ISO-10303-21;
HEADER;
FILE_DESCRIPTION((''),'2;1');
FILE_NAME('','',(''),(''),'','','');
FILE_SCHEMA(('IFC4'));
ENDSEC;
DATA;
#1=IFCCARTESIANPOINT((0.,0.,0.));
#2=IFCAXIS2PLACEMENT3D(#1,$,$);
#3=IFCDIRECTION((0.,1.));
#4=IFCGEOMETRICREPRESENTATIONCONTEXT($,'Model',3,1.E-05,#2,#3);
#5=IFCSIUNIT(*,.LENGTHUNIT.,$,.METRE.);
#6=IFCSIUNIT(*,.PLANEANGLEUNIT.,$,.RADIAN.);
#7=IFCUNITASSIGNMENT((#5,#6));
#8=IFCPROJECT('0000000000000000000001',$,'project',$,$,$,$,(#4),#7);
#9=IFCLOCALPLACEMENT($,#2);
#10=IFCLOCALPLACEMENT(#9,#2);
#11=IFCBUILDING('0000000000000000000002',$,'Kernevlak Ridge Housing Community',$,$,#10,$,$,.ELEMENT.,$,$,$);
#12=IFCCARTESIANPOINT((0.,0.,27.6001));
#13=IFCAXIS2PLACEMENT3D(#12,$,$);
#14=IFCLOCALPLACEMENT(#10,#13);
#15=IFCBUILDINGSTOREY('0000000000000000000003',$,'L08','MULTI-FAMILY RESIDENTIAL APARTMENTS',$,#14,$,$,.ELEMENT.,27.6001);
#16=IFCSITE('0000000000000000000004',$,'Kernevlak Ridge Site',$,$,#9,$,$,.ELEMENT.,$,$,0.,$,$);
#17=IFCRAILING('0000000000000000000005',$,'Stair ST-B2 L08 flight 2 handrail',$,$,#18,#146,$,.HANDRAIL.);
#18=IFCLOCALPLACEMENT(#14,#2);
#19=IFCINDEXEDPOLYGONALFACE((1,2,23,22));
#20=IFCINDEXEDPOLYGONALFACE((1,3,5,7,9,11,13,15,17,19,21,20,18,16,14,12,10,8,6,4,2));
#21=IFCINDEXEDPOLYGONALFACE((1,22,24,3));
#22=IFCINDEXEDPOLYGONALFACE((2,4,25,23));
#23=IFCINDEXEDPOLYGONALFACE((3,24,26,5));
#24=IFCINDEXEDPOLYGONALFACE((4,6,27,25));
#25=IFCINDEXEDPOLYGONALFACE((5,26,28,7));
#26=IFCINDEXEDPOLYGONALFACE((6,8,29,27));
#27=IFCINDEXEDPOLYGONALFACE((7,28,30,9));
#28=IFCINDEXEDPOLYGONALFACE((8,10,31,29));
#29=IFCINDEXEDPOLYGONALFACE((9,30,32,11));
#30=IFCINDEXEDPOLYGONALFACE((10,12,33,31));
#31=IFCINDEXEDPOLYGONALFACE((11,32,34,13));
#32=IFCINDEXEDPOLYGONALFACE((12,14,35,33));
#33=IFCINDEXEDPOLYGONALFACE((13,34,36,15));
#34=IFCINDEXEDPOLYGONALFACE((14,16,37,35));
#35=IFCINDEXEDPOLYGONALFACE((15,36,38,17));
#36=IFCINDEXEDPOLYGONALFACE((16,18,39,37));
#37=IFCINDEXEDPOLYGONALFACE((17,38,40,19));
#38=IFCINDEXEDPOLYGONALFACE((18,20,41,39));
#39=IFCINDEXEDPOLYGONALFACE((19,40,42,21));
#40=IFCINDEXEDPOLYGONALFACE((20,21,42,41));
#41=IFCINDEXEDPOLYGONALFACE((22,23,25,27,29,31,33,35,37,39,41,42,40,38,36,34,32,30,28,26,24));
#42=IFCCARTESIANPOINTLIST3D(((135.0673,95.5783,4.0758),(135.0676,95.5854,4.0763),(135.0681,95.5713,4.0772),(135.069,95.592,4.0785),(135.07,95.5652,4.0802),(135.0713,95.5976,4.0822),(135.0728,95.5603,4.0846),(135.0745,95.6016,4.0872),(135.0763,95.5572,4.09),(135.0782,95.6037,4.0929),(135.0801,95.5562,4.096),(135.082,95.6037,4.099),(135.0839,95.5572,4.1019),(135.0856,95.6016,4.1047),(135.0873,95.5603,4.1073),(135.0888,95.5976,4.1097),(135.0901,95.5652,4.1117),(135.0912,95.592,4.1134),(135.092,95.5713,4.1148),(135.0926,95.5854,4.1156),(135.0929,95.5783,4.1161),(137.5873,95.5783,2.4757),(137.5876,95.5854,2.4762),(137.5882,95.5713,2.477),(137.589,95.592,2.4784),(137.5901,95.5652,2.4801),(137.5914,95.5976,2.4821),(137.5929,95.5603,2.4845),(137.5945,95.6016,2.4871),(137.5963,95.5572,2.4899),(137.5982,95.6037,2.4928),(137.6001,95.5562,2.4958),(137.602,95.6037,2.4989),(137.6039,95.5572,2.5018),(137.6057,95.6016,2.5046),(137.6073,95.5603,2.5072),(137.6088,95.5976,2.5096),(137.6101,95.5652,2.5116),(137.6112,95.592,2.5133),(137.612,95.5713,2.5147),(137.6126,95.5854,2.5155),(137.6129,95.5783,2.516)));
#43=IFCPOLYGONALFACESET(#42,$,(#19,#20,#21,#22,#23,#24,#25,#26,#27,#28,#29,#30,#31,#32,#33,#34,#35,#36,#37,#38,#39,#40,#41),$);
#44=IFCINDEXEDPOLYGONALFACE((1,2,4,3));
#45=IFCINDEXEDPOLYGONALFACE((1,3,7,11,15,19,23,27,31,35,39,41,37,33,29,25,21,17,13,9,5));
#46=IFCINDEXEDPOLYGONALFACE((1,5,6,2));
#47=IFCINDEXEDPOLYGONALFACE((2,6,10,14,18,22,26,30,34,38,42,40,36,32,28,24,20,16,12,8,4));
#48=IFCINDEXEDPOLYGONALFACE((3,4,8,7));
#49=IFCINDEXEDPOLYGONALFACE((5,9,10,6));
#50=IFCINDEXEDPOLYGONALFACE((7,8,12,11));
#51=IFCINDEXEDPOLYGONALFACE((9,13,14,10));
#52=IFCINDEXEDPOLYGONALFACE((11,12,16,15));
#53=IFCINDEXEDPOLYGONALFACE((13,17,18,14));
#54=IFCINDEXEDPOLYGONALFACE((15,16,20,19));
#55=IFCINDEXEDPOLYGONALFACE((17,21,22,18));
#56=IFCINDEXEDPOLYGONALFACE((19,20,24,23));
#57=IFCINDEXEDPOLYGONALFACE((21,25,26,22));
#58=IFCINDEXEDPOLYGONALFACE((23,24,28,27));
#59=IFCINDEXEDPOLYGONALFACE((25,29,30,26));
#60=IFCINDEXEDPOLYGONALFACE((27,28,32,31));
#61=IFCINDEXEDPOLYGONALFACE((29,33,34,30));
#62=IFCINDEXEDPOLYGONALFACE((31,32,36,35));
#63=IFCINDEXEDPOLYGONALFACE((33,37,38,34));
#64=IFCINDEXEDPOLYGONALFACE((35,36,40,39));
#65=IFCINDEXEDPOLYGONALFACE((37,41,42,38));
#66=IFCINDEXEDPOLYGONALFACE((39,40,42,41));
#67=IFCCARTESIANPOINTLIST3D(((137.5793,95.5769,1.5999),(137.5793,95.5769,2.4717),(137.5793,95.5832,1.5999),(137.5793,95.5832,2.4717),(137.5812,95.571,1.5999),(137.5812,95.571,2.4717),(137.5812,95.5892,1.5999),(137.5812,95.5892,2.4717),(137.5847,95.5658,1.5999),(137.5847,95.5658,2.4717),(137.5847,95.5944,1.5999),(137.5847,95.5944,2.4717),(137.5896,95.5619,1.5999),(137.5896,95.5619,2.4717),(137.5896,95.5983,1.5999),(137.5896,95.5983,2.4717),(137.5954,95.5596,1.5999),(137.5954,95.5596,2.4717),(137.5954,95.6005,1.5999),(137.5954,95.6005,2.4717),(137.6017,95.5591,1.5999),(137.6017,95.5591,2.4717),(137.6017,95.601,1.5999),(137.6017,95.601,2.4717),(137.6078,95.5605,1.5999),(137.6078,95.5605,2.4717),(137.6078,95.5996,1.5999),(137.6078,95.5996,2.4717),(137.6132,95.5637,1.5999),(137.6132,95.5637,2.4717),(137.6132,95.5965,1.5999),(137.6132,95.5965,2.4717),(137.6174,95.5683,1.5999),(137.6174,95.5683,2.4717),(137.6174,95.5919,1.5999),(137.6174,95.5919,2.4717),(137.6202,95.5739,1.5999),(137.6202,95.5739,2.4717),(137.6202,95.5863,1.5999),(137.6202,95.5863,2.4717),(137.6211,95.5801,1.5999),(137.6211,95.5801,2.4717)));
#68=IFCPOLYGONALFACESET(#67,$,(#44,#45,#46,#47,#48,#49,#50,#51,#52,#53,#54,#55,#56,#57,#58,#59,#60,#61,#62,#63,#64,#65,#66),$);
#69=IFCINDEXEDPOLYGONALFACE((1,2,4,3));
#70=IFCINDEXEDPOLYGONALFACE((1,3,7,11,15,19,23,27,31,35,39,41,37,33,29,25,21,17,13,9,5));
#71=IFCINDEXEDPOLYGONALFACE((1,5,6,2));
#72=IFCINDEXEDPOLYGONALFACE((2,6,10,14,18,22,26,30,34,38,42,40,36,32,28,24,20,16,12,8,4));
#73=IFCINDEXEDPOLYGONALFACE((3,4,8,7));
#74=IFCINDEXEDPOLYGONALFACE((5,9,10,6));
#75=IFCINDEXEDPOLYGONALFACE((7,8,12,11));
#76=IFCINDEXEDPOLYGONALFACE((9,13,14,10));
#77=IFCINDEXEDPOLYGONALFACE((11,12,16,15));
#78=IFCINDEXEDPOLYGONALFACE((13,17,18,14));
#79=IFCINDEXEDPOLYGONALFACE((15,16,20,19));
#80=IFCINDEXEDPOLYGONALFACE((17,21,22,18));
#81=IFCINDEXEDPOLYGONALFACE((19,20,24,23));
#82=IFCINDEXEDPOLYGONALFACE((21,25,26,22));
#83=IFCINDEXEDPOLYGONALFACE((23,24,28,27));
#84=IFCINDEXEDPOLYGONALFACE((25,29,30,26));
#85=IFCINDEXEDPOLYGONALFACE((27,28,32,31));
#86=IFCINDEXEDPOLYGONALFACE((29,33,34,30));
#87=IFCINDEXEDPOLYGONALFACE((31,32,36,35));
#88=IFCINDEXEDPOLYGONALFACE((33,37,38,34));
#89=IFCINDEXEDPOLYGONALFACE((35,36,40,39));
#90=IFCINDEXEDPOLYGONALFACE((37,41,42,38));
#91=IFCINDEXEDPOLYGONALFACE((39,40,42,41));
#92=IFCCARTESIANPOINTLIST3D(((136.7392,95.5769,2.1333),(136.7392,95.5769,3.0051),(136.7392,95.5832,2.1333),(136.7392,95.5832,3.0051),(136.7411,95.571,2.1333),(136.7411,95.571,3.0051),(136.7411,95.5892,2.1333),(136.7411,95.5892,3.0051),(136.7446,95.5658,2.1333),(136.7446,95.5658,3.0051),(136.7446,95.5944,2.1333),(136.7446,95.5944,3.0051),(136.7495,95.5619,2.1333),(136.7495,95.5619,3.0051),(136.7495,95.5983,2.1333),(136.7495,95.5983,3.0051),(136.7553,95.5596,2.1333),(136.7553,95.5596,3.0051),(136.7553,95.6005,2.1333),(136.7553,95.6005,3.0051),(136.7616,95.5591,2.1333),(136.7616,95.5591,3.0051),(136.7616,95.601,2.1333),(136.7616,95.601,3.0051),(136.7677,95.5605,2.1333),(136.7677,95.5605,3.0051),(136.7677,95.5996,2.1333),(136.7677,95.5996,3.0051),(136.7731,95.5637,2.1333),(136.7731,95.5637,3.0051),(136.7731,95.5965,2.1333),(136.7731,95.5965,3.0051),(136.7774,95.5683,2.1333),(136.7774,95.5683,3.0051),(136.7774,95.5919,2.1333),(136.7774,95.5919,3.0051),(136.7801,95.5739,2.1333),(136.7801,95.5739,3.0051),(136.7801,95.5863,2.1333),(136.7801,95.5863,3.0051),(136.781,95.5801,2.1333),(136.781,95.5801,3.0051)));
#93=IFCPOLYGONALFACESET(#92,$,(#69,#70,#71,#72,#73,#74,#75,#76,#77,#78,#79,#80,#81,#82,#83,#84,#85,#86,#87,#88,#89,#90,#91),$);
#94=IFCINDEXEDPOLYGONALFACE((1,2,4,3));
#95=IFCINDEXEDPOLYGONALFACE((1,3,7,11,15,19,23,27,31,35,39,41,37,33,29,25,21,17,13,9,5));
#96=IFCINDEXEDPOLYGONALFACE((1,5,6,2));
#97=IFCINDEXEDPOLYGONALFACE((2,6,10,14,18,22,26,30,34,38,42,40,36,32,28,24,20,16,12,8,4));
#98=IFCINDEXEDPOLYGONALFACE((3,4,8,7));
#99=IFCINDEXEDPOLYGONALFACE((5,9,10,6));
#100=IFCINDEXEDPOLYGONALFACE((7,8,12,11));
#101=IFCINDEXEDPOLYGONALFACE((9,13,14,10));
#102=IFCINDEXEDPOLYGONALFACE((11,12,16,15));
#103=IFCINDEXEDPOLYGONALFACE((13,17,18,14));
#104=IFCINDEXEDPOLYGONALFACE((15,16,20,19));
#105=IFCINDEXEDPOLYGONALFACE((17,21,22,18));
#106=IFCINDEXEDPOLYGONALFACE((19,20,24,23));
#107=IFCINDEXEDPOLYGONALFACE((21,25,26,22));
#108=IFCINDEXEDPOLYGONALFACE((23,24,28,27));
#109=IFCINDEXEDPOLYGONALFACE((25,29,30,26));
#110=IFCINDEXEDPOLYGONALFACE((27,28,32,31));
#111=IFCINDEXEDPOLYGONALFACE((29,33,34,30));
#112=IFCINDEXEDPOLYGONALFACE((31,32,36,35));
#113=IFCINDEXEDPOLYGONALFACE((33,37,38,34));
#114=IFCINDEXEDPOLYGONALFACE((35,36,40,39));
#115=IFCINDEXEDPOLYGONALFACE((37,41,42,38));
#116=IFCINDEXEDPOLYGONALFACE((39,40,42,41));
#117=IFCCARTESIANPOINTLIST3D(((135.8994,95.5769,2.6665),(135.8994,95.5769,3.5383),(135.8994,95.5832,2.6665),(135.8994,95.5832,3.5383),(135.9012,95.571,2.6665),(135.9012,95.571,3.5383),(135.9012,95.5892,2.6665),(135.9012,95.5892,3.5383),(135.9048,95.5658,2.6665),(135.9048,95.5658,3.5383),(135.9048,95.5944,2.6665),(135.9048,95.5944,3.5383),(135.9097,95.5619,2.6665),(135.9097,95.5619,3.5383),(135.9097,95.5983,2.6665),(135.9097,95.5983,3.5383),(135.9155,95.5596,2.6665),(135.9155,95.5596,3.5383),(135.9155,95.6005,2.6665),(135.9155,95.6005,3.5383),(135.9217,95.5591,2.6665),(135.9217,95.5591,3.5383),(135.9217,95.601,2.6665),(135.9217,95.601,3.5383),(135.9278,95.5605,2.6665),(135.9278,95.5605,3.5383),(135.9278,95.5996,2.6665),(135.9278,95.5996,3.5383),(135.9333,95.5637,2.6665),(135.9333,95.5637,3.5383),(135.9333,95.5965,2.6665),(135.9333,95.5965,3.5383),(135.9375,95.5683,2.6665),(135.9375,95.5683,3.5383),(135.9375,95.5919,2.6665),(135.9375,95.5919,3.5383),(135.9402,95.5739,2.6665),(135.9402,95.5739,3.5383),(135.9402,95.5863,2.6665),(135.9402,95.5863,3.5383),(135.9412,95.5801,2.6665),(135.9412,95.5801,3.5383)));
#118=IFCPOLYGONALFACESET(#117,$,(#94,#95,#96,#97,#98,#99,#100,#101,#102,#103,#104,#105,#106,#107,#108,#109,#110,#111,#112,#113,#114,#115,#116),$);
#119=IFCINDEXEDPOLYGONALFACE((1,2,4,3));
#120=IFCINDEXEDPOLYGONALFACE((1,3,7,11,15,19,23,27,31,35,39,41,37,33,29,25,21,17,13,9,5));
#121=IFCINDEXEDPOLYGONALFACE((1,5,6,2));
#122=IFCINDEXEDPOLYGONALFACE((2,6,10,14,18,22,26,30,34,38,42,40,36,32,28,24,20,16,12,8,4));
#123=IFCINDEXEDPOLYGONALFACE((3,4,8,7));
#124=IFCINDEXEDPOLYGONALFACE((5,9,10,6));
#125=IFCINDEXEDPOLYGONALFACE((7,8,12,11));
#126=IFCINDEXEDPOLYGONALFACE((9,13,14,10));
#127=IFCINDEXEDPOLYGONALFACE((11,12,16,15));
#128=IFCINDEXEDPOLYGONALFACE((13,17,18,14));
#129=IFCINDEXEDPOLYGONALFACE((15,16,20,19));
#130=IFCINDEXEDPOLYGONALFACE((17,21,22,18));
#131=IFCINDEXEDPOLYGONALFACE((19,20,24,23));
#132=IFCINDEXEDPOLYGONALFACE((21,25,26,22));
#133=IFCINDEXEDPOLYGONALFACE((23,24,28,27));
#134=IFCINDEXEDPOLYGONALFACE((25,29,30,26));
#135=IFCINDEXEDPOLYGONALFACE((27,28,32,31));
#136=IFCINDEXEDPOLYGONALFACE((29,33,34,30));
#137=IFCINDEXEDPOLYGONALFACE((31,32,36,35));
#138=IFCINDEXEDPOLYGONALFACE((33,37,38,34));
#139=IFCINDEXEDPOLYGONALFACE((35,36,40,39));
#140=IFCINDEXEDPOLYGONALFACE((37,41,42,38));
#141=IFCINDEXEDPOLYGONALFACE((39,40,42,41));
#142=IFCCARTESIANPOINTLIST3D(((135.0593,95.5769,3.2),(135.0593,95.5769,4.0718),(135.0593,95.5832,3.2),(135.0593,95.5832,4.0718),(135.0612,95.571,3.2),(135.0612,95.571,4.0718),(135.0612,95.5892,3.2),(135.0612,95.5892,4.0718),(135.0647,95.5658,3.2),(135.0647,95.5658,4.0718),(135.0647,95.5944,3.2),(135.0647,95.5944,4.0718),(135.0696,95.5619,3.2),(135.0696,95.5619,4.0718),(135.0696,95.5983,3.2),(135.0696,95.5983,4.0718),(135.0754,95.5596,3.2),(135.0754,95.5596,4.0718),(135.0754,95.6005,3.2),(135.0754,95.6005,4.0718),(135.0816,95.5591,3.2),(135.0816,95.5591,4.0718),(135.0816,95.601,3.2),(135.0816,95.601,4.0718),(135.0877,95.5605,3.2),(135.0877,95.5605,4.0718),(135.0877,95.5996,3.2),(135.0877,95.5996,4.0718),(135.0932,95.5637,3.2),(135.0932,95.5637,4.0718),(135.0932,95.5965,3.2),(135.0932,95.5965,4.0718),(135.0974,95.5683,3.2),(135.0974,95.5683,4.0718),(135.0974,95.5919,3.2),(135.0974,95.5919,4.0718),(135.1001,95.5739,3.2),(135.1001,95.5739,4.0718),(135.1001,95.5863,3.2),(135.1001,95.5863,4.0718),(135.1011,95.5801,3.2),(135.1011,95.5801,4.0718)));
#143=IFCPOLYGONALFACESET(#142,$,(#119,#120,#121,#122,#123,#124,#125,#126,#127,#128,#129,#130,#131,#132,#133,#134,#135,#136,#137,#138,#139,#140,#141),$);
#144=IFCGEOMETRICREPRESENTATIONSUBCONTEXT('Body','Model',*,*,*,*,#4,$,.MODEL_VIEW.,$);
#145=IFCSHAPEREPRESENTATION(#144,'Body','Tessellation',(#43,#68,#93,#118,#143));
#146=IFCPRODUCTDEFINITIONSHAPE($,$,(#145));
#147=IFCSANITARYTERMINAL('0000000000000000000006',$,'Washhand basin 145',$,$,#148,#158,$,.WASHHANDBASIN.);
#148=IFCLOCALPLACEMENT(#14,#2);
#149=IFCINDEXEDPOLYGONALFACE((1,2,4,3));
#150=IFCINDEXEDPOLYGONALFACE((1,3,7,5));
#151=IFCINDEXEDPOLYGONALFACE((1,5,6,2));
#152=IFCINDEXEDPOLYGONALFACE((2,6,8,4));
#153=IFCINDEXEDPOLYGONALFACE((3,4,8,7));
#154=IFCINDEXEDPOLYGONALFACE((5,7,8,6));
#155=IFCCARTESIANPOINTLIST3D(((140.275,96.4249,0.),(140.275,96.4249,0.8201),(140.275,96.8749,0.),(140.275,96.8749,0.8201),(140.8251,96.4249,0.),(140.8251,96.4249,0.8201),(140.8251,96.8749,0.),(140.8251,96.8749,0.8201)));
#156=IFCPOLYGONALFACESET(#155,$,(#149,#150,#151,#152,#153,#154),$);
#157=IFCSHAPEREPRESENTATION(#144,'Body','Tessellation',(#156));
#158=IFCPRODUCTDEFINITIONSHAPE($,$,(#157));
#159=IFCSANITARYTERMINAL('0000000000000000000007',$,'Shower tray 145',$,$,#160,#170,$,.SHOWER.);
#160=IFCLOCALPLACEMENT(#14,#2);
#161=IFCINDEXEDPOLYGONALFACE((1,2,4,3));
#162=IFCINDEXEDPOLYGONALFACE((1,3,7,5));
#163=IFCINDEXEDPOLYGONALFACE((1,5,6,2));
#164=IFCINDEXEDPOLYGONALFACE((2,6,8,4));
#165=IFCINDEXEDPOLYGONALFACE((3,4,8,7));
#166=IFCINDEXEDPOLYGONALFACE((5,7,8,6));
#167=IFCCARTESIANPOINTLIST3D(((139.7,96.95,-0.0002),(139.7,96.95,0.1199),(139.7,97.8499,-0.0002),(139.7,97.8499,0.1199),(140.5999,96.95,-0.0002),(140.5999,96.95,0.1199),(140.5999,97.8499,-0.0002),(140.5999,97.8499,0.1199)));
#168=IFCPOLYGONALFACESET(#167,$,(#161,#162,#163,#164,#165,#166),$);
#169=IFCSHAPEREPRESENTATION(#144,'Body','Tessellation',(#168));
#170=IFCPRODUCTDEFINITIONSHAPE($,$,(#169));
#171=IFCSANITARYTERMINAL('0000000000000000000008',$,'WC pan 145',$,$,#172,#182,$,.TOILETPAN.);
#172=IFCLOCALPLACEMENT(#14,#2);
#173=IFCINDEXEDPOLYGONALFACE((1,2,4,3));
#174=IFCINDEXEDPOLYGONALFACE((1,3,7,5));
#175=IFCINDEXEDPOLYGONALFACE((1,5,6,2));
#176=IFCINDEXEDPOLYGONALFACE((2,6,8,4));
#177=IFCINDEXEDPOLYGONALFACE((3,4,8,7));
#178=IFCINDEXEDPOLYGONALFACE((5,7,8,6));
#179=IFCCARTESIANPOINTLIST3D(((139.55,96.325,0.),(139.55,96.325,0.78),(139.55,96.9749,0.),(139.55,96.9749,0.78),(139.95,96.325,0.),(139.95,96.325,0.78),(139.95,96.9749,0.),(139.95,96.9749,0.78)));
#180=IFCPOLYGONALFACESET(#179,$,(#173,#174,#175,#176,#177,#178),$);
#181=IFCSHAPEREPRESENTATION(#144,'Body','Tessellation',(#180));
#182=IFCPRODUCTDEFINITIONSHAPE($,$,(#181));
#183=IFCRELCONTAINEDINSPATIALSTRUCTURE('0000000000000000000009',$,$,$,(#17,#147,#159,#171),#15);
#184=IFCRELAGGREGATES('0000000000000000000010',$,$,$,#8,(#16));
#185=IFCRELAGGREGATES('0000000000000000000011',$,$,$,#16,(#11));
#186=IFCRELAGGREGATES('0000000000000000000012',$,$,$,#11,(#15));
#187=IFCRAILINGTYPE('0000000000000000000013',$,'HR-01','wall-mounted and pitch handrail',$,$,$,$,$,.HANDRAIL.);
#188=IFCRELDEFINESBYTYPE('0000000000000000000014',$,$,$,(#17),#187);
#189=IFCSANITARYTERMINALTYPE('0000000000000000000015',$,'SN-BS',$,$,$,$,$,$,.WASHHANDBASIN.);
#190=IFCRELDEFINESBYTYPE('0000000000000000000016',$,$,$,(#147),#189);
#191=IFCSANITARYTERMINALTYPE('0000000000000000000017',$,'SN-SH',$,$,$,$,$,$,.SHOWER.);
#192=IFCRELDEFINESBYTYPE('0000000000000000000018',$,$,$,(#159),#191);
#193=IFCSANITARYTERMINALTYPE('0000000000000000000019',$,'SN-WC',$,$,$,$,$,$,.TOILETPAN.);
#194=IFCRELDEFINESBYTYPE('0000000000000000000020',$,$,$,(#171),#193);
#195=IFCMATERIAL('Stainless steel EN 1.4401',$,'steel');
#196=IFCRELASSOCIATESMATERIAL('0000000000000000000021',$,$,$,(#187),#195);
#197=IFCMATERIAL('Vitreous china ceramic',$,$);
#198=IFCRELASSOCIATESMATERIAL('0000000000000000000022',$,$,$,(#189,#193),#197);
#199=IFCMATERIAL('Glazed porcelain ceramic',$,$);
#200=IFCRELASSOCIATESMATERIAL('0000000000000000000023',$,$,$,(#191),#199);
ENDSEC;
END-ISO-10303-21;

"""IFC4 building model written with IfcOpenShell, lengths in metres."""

from ifc_helpers import new_model, si_unit, direction, frame, origin, origin_2d, place, context, subcontext, project, spatial, rectangle, circle, extrude, material, type_object, element, save


model = new_model("IFC4")

# Units and contexts
model_context = context("Model", 3, precision=1e-05, world=origin(), true_north=direction((0.0, 1.0)))
body_context = subcontext(model_context, "Body", "Model", "MODEL_VIEW")
ifc_project = project(units=[si_unit("LENGTHUNIT", "METRE"), si_unit("PLANEANGLEUNIT", "RADIAN")], contexts=[model_context])

# Site, building, storey
site_placement = place(None, origin())
site = spatial("IfcSite", under=ifc_project, at=site_placement, Name="Kernevlak Ridge Site", CompositionType="ELEMENT", RefElevation=0.0)
building_placement = place(site_placement, origin())
building = spatial("IfcBuilding", under=site, at=building_placement, Name="Kernevlak Ridge Housing Community", CompositionType="ELEMENT")
storey_placement = place(building_placement, frame((0.0, 0.0, 27.6001)))
storey = spatial("IfcBuildingStorey", under=building, at=storey_placement, Name="L08", Description="MULTI-FAMILY RESIDENTIAL APARTMENTS", CompositionType="ELEMENT", Elevation=27.6001)

# Railing
ifc_material_1 = material(Name="Stainless steel EN 1.4401", Category="steel")
railing_type_1 = type_object("IfcRailingType", Name="HR-01", Description="wall-mounted and pitch handrail", PredefinedType="HANDRAIL", material=ifc_material_1)
railing_1_placement = place(storey_placement, frame((137.6001, 95.5801, 1.5999)))
element("IfcRailing", 1, at=railing_1_placement, inside=storey, type_object=railing_type_1, Name="Stair ST-B2 L08 flight 2 handrail", PredefinedType="HANDRAIL", context=body_context, shape_type="SweptSolid", body=[
    extrude(circle(Radius=0.0239, at=origin_2d()), frame((0.0, 0.0, 0.896), z_axis=(-0.8442, 0.0, 0.536028), x_axis=(0.0, -1.0, 0.0)), (0.0, 0.0, 1.0), 2.9851),
    extrude(circle(Radius=0.021, at=origin_2d()), origin(), (0.0, 0.0, 1.0), 0.8718),
    extrude(circle(Radius=0.021, at=origin_2d()), frame((-0.8401, 0.0, 0.5334)), (0.0, 0.0, 1.0), 0.8718),
    extrude(circle(Radius=0.021, at=origin_2d()), frame((-1.6799, 0.0, 1.0667)), (0.0, 0.0, 1.0), 0.8718),
    extrude(circle(Radius=0.021, at=origin_2d()), frame((-2.52, 0.0, 1.6001)), (0.0, 0.0, 1.0), 0.8718),
])

# Sanitary terminals
ifc_material_2 = material(Name="Vitreous china ceramic")
sanitary_terminal_type_1 = type_object("IfcSanitaryTerminalType", Name="SN-BS", PredefinedType="WASHHANDBASIN", material=ifc_material_2)
sanitary_terminal_1_placement = place(storey_placement, frame((140.55, 96.6499, 0.0), z_axis=(0.0, 0.0, 1.0), x_axis=(1.0, 0.0, 0.0)))
element("IfcSanitaryTerminal", 2, at=sanitary_terminal_1_placement, inside=storey, type_object=sanitary_terminal_type_1, Name="Washhand basin 145", PredefinedType="WASHHANDBASIN", context=body_context, shape_type="SweptSolid", body=[
    extrude(rectangle(XDim=0.55, YDim=0.45, at=origin_2d()), origin(), (0.0, 0.0, 1.0), 0.8201),
])
ifc_material_3 = material(Name="Glazed porcelain ceramic")
sanitary_terminal_type_2 = type_object("IfcSanitaryTerminalType", Name="SN-SH", PredefinedType="SHOWER", material=ifc_material_3)
sanitary_terminal_2_placement = place(storey_placement, frame((140.1499, 97.3999, -0.0002), z_axis=(0.0, 0.0, 1.0), x_axis=(1.0, 0.0, 0.0)))
element("IfcSanitaryTerminal", 3, at=sanitary_terminal_2_placement, inside=storey, type_object=sanitary_terminal_type_2, Name="Shower tray 145", PredefinedType="SHOWER", context=body_context, shape_type="SweptSolid", body=[
    extrude(rectangle(XDim=0.8999, YDim=0.8999, at=origin_2d()), origin(), (0.0, 0.0, 1.0), 0.1201),
])
sanitary_terminal_type_3 = type_object("IfcSanitaryTerminalType", Name="SN-WC", PredefinedType="TOILETPAN", material=ifc_material_2)
sanitary_terminal_3_placement = place(storey_placement, frame((139.75, 96.6499, 0.0), z_axis=(0.0, 0.0, 1.0), x_axis=(1.0, 0.0, 0.0)))
element("IfcSanitaryTerminal", 4, at=sanitary_terminal_3_placement, inside=storey, type_object=sanitary_terminal_type_3, Name="WC pan 145", PredefinedType="TOILETPAN", context=body_context, shape_type="SweptSolid", body=[
    extrude(rectangle(XDim=0.3999, YDim=0.6499, at=origin_2d()), origin(), (0.0, 0.0, 1.0), 0.78),
])

save(model, "model.ifc")
